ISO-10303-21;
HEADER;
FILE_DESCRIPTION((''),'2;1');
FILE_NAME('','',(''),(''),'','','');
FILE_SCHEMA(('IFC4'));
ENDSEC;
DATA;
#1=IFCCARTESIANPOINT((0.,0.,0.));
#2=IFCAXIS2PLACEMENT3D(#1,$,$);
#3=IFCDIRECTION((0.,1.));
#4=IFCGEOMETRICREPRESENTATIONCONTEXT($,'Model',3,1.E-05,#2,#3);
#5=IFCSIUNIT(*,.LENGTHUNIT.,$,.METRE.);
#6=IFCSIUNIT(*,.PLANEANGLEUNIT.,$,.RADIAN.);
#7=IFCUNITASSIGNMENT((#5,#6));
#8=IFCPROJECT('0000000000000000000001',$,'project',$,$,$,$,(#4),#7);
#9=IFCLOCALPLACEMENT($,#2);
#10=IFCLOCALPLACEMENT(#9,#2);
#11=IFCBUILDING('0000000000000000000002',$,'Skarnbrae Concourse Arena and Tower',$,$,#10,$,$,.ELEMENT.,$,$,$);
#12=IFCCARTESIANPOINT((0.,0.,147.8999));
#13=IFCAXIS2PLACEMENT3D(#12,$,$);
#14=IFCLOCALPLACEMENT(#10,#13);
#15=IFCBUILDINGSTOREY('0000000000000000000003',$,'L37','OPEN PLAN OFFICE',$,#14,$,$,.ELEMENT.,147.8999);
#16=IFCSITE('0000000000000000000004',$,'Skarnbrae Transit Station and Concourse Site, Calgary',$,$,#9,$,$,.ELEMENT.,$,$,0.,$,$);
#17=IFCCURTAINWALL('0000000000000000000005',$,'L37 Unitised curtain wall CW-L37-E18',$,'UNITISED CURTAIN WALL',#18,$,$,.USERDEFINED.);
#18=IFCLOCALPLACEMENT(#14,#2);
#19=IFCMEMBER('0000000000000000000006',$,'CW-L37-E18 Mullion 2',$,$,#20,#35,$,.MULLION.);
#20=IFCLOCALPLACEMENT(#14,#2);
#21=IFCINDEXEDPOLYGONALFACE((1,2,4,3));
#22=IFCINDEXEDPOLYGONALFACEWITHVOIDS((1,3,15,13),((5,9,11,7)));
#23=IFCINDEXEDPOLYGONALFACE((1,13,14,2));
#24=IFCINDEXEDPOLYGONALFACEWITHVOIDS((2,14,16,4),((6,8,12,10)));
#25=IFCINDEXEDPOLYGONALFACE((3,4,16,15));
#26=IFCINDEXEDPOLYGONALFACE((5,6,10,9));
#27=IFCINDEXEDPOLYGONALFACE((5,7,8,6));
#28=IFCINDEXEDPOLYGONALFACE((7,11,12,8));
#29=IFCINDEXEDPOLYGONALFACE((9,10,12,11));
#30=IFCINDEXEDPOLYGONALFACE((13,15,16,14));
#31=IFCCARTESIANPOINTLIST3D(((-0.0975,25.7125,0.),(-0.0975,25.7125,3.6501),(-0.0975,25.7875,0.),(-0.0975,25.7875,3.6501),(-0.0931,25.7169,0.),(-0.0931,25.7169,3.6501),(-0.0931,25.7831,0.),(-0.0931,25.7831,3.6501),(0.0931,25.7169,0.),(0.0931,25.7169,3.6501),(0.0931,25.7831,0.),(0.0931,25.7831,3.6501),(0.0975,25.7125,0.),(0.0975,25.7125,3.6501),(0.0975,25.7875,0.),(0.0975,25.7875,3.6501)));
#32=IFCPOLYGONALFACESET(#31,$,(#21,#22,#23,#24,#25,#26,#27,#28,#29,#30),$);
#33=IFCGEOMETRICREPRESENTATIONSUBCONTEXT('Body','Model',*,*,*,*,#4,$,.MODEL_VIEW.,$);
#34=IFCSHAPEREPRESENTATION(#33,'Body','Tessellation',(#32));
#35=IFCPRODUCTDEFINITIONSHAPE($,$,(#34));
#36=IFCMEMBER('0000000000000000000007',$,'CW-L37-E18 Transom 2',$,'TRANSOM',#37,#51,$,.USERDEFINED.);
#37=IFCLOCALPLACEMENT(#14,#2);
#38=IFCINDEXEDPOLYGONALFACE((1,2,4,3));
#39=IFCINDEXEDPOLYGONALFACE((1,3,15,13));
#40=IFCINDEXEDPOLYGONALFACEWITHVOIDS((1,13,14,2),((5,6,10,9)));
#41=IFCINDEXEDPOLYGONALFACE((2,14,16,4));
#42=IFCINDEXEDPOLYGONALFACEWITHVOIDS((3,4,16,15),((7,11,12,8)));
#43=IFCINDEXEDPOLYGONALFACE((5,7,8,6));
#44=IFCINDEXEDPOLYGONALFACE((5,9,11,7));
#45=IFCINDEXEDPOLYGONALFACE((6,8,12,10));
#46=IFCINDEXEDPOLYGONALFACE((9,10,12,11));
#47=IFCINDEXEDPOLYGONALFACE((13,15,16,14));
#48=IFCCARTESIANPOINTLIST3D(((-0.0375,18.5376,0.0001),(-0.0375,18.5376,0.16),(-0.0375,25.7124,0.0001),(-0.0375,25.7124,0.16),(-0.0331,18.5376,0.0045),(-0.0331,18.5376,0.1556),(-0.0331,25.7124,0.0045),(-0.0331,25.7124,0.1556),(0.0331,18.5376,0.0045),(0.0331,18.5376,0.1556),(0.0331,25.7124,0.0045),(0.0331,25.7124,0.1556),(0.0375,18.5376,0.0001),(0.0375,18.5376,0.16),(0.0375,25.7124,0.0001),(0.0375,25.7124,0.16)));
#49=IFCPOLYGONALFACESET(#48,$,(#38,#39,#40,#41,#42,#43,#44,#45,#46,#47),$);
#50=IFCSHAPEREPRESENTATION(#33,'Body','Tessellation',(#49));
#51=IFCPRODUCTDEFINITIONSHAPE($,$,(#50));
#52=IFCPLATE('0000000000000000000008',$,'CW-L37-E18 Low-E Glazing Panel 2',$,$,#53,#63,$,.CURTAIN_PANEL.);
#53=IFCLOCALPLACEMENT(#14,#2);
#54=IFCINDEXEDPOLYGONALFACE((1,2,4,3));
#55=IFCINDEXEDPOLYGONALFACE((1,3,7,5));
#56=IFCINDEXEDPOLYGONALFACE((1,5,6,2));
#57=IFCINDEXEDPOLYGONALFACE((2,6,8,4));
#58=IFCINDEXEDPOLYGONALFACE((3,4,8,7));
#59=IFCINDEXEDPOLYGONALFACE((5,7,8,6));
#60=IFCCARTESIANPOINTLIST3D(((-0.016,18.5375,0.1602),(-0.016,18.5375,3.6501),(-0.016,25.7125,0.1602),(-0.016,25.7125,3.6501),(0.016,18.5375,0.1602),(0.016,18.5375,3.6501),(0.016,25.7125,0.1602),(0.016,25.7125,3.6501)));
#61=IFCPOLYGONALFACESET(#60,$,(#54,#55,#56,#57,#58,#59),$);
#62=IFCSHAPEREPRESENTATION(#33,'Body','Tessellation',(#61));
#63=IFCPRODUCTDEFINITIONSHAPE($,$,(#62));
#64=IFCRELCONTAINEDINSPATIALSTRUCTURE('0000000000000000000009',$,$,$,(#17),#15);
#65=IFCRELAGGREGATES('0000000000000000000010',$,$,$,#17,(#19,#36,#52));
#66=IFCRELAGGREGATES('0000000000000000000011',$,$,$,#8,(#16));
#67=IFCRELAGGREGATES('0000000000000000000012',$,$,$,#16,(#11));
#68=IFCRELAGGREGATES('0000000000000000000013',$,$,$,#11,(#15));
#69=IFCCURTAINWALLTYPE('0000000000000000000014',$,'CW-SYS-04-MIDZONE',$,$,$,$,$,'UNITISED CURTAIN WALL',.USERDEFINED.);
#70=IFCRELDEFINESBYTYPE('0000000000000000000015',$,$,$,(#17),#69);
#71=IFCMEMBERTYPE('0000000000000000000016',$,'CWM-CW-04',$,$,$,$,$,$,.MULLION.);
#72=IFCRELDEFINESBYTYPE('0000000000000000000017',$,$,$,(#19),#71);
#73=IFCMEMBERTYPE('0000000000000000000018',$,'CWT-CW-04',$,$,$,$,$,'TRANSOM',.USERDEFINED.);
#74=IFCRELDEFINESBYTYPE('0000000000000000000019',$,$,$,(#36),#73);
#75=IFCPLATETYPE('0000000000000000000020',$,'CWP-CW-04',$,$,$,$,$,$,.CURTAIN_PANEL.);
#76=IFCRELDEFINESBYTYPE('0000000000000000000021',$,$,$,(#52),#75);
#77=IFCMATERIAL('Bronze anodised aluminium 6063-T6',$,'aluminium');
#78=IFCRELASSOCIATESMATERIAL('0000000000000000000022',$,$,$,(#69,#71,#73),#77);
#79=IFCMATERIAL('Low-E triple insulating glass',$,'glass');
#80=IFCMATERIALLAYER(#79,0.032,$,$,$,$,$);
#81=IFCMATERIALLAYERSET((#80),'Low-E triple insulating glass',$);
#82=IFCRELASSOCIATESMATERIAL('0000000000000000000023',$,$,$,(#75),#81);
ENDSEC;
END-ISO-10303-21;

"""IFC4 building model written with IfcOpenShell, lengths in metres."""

from ifc_helpers import new_model, si_unit, direction, frame, origin, origin_2d, place, context, subcontext, project, spatial, rectangle, hollow_rectangle, extrude, source, transform, mapped, material, layer, layer_set, material_profile, profile_set, type_object, element, aggregate, save


model = new_model("IFC4")

# Units and contexts
model_context = context("Model", 3, precision=1e-05, world=origin(), true_north=direction((0.0, 1.0)))
body_context = subcontext(model_context, "Body", "Model", "MODEL_VIEW")
ifc_project = project(units=[si_unit("LENGTHUNIT", "METRE"), si_unit("PLANEANGLEUNIT", "RADIAN")], contexts=[model_context])

# Site, building, storey
site_placement = place(None, origin())
site = spatial("IfcSite", under=ifc_project, at=site_placement, Name="Skarnbrae Transit Station and Concourse Site, Calgary", CompositionType="ELEMENT", RefElevation=0.0)
building_placement = place(site_placement, origin())
building = spatial("IfcBuilding", under=site, at=building_placement, Name="Skarnbrae Concourse Arena and Tower", CompositionType="ELEMENT")
storey_placement = place(building_placement, frame((0.0, 0.0, 147.8999)))
storey = spatial("IfcBuildingStorey", under=building, at=storey_placement, Name="L37", Description="OPEN PLAN OFFICE", CompositionType="ELEMENT", Elevation=147.8999)

# Curtain wall, members, plate
ifc_material_1 = material(Name="Bronze anodised aluminium 6063-T6", Category="aluminium")
curtain_wall_type = type_object("IfcCurtainWallType", Name="CW-SYS-04-MIDZONE", ElementType="UNITISED CURTAIN WALL", PredefinedType="USERDEFINED", material=ifc_material_1)
curtain_wall_placement = place(storey_placement, origin())
curtain_wall = element("IfcCurtainWall", 1, at=curtain_wall_placement, inside=storey, type_object=curtain_wall_type, Name="L37 Unitised curtain wall CW-L37-E18", ObjectType="UNITISED CURTAIN WALL", PredefinedType="USERDEFINED")
ifc_material_profile_1 = material_profile(ifc_material_1, hollow_rectangle(XDim=0.075, YDim=0.1951, WallThickness=0.0044, at=origin_2d()), Name="ALU-MULL-75X195")
ifc_profile_set_1 = profile_set([ifc_material_profile_1], Name="Bronze anodised aluminium 6063-T6")
member_type_1 = type_object("IfcMemberType", Name="CWM-CW-04", PredefinedType="MULLION", material=ifc_profile_set_1)
shared_shape_1 = source(origin(), body_context, "Body", "SweptSolid", [
    extrude(hollow_rectangle(XDim=0.075, YDim=0.1951, WallThickness=0.0044, at=origin_2d()), origin(), (0.0, 0.0, 1.0), 3.6501),
])
member_1_placement = place(storey_placement, frame((0.0, 25.75, 0.0), z_axis=(0.0, 0.0, 1.0), x_axis=(0.0, -1.0, 0.0)))
member_1 = element("IfcMember", 2, at=member_1_placement, type_object=member_type_1, Name="CW-L37-E18 Mullion 2", PredefinedType="MULLION", context=body_context, shape_type="MappedRepresentation", body=[
    mapped(shared_shape_1, transform((0.0, 0.0, 0.0))),
])
ifc_material_profile_2 = material_profile(ifc_material_1, hollow_rectangle(XDim=0.075, YDim=0.1599, WallThickness=0.0044, at=origin_2d()), Name="ALU-TRAN-75X160")
ifc_profile_set_2 = profile_set([ifc_material_profile_2], Name="Bronze anodised aluminium 6063-T6")
member_type_2 = type_object("IfcMemberType", Name="CWT-CW-04", ElementType="TRANSOM", PredefinedType="USERDEFINED", material=ifc_profile_set_2)
shared_shape_2 = source(origin(), body_context, "Body", "SweptSolid", [
    extrude(hollow_rectangle(XDim=0.075, YDim=0.1599, WallThickness=0.0044, at=origin_2d()), origin(), (0.0, 0.0, 1.0), 7.1748),
])
member_2_placement = place(storey_placement, frame((0.0, 25.7124, 0.0801), z_axis=(0.0, -1.0, 0.0), x_axis=(1.0, 0.0, 0.0)))
member_2 = element("IfcMember", 3, at=member_2_placement, type_object=member_type_2, Name="CW-L37-E18 Transom 2", ObjectType="TRANSOM", PredefinedType="USERDEFINED", context=body_context, shape_type="MappedRepresentation", body=[
    mapped(shared_shape_2, transform((0.0, 0.0, 0.0))),
])
ifc_material_2 = material(Name="Low-E triple insulating glass", Category="glass")
ifc_layer = layer(ifc_material_2, 0.032)
ifc_layer_set = layer_set([ifc_layer], Name="Low-E triple insulating glass")
plate_type = type_object("IfcPlateType", Name="CWP-CW-04", PredefinedType="CURTAIN_PANEL", material=ifc_layer_set)
shared_shape_3 = source(origin(), body_context, "Body", "SweptSolid", [
    extrude(rectangle(XDim=7.175, YDim=0.032, at=origin_2d()), origin(), (0.0, 0.0, 1.0), 3.49),
])
plate_placement = place(storey_placement, frame((0.0, 22.125, 0.1602), z_axis=(0.0, 0.0, 1.0), x_axis=(0.0, -1.0, 0.0)))
plate = element("IfcPlate", 4, at=plate_placement, type_object=plate_type, Name="CW-L37-E18 Low-E Glazing Panel 2", PredefinedType="CURTAIN_PANEL", context=body_context, shape_type="MappedRepresentation", body=[
    mapped(shared_shape_3, transform((0.0, 0.0, 0.0))),
])
aggregate(curtain_wall, [member_1, member_2, plate])

save(model, "model.ifc")
